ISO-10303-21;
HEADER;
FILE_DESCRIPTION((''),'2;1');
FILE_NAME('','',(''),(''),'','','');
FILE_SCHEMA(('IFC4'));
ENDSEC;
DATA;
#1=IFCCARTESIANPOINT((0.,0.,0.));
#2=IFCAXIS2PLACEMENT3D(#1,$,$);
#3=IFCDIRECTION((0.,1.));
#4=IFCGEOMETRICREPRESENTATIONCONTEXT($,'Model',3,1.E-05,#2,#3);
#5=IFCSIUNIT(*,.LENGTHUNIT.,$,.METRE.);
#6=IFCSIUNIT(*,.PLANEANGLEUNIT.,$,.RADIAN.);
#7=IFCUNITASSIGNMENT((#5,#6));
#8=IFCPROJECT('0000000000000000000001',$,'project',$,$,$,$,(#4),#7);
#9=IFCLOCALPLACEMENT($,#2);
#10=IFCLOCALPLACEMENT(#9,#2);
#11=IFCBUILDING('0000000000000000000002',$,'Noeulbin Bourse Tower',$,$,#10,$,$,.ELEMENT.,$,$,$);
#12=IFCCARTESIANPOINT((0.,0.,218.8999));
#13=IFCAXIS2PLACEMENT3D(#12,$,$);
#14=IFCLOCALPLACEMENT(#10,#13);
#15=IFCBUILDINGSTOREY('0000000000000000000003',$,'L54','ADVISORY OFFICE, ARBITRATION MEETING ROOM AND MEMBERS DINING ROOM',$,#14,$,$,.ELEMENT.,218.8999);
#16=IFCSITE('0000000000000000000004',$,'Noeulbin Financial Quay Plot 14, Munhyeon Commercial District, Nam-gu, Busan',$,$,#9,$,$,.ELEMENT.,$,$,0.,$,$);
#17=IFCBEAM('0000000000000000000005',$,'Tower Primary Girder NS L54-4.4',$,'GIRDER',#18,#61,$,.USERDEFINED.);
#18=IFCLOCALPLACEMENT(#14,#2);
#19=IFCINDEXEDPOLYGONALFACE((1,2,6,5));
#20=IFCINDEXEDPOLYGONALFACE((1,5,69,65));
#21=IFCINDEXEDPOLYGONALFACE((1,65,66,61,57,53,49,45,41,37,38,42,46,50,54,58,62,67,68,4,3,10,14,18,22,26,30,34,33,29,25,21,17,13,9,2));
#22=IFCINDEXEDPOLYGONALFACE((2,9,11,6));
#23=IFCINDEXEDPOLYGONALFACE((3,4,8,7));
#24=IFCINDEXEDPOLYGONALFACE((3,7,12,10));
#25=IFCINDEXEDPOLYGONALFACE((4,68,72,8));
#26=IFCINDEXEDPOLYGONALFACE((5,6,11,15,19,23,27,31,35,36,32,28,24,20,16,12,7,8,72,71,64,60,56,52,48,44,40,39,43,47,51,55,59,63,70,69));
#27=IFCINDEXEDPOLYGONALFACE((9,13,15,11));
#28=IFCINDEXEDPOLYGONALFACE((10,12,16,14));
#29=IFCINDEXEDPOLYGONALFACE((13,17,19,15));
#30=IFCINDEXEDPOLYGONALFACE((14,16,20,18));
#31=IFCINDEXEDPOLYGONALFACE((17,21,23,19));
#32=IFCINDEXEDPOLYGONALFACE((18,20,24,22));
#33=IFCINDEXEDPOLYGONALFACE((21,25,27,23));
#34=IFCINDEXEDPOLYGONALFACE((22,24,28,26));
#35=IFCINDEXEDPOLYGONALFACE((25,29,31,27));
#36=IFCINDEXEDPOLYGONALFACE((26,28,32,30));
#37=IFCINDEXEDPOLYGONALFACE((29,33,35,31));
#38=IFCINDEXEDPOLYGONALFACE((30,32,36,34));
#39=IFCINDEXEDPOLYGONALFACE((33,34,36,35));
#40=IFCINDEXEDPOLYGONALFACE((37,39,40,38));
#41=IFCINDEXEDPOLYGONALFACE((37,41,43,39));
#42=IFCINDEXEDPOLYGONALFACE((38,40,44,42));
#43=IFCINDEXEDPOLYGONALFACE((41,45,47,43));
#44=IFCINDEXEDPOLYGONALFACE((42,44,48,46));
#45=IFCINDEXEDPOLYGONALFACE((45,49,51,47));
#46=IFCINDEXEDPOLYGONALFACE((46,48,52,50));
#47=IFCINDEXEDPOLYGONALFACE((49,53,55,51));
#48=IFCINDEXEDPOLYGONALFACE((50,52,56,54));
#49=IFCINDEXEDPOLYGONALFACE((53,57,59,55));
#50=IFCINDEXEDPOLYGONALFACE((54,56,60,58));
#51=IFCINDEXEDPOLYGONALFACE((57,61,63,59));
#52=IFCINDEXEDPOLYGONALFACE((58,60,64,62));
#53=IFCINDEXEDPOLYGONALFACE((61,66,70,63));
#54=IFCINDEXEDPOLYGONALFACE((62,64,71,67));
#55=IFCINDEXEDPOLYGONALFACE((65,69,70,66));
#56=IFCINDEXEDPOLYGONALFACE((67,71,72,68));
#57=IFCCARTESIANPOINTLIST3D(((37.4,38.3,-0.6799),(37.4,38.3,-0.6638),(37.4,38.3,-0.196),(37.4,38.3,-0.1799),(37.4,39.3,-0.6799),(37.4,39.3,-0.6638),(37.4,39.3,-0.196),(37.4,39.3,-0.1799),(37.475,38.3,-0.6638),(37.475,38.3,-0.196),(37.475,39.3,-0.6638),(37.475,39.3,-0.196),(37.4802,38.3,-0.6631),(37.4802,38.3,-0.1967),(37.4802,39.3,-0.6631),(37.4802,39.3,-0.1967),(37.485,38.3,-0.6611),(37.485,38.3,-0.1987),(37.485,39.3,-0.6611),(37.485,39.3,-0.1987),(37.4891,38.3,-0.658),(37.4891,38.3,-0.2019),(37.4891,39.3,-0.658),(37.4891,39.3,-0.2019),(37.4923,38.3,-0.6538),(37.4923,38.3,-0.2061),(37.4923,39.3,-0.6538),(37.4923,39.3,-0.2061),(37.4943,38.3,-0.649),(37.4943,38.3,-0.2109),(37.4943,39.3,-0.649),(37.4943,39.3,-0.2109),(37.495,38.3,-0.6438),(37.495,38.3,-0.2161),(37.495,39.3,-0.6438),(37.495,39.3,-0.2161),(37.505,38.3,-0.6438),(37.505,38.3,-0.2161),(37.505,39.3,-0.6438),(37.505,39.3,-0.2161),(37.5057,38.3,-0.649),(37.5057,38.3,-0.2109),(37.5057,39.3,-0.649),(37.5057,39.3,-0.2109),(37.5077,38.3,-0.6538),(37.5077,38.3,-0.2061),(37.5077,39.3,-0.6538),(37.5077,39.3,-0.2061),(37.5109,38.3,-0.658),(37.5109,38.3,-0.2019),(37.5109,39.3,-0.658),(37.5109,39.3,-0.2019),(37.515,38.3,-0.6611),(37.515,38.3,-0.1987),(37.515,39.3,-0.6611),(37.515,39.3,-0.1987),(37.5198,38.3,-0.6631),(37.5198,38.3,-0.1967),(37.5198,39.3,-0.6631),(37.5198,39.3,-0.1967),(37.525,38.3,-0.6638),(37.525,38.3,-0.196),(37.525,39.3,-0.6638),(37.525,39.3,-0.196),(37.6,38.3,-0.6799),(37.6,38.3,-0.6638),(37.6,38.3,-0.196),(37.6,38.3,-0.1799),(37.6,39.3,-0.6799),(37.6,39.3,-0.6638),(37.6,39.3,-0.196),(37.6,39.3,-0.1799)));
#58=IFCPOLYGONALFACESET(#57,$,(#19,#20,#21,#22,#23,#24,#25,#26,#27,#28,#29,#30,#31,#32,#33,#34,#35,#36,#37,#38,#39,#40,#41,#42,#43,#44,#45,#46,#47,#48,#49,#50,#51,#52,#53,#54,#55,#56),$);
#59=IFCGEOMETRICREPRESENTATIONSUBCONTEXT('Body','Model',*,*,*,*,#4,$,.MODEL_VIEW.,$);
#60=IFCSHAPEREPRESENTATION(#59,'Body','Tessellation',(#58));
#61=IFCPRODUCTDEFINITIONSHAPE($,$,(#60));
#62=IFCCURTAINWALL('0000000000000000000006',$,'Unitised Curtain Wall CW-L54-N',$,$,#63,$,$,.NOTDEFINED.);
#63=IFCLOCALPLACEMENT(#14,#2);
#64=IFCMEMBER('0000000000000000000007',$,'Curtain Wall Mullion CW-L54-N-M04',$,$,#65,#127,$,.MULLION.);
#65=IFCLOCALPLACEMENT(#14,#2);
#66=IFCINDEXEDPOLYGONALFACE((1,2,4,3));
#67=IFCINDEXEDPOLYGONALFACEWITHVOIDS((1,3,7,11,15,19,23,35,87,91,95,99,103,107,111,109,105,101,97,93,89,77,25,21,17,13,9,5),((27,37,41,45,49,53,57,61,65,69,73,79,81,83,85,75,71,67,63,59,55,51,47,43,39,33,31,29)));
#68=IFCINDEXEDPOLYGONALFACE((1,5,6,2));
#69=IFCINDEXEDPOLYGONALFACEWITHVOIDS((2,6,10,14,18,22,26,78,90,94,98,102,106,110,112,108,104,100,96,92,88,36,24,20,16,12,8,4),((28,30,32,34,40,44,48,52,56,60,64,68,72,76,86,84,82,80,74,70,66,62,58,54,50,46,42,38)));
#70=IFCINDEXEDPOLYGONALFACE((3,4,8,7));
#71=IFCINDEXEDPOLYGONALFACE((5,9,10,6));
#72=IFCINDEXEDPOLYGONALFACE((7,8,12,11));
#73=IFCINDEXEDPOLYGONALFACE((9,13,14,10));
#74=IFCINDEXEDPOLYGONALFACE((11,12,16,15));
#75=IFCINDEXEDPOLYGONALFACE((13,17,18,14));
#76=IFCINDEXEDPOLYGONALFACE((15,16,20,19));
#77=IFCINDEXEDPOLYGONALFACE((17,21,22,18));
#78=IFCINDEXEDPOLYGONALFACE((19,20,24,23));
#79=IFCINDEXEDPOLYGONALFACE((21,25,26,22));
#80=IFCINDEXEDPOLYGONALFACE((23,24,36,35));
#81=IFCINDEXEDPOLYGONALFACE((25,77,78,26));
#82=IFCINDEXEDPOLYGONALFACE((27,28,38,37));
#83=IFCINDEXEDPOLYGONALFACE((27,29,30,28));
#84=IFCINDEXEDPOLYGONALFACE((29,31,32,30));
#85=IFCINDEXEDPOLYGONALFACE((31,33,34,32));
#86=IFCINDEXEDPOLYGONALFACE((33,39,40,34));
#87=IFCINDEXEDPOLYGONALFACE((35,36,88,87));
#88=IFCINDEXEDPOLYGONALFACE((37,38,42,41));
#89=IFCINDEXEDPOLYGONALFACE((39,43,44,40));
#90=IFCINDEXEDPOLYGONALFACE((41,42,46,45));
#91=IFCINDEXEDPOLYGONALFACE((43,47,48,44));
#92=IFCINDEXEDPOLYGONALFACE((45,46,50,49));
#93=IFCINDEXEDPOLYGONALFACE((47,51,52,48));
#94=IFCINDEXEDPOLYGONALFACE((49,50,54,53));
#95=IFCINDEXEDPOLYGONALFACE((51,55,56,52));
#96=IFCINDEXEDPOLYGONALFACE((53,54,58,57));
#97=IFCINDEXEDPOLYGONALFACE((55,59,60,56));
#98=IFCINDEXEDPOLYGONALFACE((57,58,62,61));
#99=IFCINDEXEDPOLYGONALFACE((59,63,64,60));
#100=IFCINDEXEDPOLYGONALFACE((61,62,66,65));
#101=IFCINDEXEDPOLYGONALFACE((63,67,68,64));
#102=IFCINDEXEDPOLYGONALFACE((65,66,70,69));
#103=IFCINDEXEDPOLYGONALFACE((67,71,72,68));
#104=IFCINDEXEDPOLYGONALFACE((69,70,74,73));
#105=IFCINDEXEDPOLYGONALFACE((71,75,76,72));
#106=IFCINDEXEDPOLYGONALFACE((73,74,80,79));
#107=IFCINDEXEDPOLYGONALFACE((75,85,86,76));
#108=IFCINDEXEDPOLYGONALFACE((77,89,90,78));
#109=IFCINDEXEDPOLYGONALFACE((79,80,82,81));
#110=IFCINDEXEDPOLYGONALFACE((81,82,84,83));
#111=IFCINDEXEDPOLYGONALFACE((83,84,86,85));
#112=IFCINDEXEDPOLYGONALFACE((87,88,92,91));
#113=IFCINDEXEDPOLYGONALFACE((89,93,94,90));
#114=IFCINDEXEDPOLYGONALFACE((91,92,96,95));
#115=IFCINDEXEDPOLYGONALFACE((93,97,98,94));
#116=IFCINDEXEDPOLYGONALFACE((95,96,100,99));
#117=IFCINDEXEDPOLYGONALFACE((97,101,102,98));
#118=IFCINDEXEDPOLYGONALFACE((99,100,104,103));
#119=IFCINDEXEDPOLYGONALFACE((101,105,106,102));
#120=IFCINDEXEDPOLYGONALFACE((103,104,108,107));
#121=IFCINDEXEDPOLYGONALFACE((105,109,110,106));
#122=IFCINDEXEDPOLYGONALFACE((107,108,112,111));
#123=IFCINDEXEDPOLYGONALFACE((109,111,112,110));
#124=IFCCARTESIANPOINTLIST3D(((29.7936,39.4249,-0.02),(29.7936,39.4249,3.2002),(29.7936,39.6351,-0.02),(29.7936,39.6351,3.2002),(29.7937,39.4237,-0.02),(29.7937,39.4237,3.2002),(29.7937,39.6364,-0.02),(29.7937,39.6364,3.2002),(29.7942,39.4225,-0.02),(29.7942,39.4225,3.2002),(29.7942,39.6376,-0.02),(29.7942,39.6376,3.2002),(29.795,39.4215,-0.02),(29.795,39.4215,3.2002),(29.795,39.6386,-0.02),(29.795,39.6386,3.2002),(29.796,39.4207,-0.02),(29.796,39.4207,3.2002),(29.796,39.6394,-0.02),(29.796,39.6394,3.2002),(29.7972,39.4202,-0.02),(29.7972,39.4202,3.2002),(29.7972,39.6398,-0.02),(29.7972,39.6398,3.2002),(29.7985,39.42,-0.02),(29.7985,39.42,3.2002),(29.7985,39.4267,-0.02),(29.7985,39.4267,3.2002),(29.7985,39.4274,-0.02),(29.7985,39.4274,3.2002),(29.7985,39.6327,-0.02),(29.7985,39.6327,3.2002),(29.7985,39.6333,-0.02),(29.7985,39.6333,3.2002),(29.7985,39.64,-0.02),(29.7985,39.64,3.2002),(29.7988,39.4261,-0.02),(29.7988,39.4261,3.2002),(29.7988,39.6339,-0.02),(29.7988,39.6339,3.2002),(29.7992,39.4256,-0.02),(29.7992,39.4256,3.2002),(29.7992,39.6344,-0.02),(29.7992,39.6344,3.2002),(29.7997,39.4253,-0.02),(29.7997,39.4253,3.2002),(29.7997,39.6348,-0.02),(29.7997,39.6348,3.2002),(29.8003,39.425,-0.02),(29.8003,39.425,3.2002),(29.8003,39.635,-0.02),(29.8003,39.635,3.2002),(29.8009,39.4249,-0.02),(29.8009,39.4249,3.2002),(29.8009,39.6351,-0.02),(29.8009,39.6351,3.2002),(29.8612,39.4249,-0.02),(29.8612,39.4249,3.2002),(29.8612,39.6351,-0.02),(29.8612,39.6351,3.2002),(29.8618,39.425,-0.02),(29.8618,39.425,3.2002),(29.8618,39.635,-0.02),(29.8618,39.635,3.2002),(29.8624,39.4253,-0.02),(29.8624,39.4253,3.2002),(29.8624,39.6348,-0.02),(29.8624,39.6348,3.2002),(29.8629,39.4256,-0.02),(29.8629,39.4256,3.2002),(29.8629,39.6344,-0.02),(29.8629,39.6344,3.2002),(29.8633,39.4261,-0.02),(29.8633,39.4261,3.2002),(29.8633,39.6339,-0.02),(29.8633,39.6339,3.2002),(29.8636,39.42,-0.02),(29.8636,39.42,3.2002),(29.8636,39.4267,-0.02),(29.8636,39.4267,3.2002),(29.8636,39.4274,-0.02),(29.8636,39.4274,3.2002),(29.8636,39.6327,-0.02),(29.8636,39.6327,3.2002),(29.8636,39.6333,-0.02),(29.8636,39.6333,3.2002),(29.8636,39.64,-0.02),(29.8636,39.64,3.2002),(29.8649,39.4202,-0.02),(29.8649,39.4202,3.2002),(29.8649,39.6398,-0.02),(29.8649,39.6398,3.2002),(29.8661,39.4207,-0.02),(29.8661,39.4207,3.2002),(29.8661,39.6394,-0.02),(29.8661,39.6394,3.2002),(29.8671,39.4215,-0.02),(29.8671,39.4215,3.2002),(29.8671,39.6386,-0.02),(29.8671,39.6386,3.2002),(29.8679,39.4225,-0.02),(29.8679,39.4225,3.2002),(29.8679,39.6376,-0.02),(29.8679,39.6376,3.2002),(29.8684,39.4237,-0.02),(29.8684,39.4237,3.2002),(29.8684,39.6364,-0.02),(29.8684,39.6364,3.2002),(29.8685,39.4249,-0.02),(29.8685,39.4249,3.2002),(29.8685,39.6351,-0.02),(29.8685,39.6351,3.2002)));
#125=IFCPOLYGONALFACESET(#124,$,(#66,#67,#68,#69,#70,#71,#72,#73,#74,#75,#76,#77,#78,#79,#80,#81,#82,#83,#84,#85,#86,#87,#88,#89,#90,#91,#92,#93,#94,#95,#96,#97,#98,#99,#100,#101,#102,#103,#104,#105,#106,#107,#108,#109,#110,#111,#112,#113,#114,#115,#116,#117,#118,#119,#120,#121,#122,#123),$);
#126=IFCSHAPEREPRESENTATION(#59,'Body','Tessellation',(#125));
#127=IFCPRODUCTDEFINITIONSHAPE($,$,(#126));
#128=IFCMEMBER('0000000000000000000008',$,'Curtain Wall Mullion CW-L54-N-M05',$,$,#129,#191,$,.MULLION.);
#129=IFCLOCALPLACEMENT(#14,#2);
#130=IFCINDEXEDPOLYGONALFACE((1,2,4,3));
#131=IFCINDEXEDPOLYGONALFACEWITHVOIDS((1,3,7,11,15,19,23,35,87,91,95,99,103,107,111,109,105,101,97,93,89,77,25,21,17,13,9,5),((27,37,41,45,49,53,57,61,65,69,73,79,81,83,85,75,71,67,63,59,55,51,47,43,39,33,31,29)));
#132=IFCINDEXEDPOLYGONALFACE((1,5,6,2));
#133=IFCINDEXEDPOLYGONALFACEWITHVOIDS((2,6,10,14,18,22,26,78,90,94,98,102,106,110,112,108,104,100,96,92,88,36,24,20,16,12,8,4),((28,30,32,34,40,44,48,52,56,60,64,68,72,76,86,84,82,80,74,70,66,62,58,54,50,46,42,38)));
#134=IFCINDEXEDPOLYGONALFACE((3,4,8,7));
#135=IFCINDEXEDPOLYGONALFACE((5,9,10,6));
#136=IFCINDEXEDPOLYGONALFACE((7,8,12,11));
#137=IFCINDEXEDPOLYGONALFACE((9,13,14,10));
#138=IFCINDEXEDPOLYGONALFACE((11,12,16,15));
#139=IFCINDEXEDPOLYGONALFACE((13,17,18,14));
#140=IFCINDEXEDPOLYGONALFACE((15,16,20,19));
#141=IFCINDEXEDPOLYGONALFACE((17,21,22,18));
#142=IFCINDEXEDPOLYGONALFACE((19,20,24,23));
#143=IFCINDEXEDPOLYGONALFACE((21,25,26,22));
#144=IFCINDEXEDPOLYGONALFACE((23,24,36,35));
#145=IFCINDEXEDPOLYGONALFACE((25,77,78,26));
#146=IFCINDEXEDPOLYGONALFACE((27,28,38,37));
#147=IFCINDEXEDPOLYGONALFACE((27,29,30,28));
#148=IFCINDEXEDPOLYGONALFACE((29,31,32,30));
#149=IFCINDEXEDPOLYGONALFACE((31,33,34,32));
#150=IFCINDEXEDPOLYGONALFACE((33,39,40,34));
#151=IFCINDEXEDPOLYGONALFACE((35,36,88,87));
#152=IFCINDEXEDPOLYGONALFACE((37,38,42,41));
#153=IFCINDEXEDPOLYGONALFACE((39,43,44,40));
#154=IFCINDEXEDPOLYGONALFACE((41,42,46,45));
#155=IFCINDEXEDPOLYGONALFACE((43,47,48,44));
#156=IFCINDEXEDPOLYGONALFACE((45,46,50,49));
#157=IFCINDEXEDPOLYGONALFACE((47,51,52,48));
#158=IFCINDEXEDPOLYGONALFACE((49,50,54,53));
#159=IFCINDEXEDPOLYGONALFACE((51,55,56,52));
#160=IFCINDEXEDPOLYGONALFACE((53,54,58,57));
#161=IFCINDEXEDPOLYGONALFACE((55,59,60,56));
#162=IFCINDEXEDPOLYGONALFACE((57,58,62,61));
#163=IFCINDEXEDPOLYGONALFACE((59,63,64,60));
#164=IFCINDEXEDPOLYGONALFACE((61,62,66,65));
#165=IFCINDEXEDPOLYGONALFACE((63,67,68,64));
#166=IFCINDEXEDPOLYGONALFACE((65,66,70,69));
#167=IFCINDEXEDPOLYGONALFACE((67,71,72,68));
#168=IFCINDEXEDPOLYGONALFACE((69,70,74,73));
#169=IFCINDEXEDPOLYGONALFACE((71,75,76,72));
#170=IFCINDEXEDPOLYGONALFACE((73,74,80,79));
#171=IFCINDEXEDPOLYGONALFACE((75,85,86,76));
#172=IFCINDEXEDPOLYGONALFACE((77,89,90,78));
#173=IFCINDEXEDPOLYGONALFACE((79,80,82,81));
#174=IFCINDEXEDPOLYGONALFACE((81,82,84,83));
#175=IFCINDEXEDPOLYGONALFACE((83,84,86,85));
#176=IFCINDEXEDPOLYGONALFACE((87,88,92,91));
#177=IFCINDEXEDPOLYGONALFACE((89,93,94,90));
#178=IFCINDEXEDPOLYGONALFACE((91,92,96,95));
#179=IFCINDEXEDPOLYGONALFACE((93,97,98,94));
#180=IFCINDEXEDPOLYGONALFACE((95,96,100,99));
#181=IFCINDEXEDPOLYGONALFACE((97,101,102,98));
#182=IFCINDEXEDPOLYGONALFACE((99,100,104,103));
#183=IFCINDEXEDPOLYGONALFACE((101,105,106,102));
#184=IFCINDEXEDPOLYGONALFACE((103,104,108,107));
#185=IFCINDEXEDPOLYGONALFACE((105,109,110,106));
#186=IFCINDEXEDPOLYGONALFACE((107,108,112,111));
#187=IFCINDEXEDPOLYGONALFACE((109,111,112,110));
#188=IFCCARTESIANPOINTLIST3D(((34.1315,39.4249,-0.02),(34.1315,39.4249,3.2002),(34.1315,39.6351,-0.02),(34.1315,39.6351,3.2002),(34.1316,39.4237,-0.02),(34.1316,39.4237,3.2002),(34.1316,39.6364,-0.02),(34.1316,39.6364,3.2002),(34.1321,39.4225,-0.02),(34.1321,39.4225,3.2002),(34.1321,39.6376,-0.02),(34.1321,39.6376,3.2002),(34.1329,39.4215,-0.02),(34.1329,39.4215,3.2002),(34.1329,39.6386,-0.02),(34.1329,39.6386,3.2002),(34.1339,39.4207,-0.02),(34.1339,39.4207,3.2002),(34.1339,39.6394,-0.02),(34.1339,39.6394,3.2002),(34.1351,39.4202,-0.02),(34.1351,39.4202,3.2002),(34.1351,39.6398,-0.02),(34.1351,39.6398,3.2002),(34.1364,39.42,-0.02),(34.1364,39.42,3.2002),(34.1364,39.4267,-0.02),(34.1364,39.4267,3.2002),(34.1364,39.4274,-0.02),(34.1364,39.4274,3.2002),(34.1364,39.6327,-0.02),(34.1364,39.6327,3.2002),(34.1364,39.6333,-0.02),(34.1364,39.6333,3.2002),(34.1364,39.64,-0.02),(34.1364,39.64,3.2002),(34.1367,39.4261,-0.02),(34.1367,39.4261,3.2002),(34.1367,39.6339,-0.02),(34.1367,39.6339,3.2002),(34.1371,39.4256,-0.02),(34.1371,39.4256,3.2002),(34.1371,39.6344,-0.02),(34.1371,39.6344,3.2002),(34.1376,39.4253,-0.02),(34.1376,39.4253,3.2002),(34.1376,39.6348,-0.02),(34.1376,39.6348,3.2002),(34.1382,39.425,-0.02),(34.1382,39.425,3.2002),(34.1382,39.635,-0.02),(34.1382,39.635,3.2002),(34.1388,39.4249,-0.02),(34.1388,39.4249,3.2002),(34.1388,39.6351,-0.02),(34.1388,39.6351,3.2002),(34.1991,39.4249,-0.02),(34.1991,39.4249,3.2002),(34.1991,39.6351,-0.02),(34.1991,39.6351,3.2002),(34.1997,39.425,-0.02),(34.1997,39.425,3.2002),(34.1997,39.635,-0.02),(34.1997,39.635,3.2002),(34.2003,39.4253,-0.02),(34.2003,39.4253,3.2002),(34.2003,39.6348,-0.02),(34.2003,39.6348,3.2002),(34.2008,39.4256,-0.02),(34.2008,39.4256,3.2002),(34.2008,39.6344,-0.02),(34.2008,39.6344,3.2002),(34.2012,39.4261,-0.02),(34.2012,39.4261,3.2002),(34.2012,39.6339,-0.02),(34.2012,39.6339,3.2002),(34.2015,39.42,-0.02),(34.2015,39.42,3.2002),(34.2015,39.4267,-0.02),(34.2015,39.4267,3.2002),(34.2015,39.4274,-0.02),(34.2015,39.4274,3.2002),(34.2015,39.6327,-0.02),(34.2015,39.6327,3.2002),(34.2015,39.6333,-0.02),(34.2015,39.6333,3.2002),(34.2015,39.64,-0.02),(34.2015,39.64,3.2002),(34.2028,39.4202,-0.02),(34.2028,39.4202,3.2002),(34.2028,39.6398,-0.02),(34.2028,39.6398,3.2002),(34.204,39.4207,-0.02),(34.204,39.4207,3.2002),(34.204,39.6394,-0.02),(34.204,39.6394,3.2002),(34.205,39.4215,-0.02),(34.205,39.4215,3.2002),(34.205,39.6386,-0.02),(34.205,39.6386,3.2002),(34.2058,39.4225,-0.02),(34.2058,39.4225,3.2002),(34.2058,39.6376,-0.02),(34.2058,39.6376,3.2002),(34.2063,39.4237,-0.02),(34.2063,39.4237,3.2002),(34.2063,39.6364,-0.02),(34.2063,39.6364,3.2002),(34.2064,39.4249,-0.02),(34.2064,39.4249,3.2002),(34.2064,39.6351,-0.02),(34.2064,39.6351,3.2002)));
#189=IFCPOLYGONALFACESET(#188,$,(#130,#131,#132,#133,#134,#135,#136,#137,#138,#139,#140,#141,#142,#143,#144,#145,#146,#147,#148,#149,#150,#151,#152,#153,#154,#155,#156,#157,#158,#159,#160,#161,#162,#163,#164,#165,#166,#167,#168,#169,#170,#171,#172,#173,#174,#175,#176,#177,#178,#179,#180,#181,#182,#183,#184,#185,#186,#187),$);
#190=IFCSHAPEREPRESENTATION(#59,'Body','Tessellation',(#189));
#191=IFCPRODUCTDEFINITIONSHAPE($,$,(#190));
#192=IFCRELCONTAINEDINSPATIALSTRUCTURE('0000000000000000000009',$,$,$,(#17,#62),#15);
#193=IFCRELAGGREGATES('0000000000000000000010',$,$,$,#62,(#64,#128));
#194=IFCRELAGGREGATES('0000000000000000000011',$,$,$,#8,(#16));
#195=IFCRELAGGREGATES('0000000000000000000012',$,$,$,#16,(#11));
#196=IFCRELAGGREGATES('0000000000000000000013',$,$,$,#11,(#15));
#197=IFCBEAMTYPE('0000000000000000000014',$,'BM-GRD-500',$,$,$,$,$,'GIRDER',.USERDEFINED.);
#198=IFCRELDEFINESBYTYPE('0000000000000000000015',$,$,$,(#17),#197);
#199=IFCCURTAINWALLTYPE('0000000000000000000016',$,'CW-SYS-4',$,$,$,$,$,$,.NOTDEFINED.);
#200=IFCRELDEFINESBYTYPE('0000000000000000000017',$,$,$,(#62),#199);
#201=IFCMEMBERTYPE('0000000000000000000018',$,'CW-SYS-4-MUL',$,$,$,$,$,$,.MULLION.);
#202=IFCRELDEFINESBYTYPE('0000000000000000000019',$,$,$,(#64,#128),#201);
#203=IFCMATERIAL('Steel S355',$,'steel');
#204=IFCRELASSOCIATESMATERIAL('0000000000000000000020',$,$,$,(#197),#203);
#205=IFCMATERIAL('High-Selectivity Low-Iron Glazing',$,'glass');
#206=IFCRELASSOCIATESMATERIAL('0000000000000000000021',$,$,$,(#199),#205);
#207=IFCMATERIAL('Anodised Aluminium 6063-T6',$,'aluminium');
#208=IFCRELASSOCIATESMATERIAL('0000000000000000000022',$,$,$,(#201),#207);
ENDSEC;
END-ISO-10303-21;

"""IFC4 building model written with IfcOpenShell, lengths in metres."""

from ifc_helpers import new_model, si_unit, direction, frame, origin, origin_2d, place, context, subcontext, project, spatial, hollow_rectangle, i_section, extrude, material, material_profile, profile_set, type_object, element, aggregate, save


model = new_model("IFC4")

# Units and contexts
model_context = context("Model", 3, precision=1e-05, world=origin(), true_north=direction((0.0, 1.0)))
body_context = subcontext(model_context, "Body", "Model", "MODEL_VIEW")
ifc_project = project(units=[si_unit("LENGTHUNIT", "METRE"), si_unit("PLANEANGLEUNIT", "RADIAN")], contexts=[model_context])

# Site, building, storey
site_placement = place(None, origin())
site = spatial("IfcSite", under=ifc_project, at=site_placement, Name="Noeulbin Financial Quay Plot 14, Munhyeon Commercial District, Nam-gu, Busan", CompositionType="ELEMENT", RefElevation=0.0)
building_placement = place(site_placement, origin())
building = spatial("IfcBuilding", under=site, at=building_placement, Name="Noeulbin Bourse Tower", CompositionType="ELEMENT")
storey_placement = place(building_placement, frame((0.0, 0.0, 218.8999)))
storey = spatial("IfcBuildingStorey", under=building, at=storey_placement, Name="L54", Description="ADVISORY OFFICE, ARBITRATION MEETING ROOM AND MEMBERS DINING ROOM", CompositionType="ELEMENT", Elevation=218.8999)

# Shared definitions
ifc_material_1 = material(Name="Steel S355", Category="steel")

# Beam
ifc_material_profile_1 = material_profile(ifc_material_1, i_section(OverallWidth=0.2, OverallDepth=0.5, WebThickness=0.01, FlangeThickness=0.0161, FilletRadius=0.02, at=origin_2d()), Name="H-500x200x10x16", Category="LoadBearing")
ifc_profile_set_1 = profile_set([ifc_material_profile_1], Name="Steel S355")
beam_type = type_object("IfcBeamType", Name="BM-GRD-500", ElementType="GIRDER", PredefinedType="USERDEFINED", material=ifc_profile_set_1)
for number, where, z_axis, x_axis, name in (
    (1, (37.5, 38.3, -0.4299), (0.0, 1.0, 0.0), (-1.0, 0.0, 0.0), "Tower Primary Girder NS L54-4.4"),
):
    element("IfcBeam", number, at=place(storey_placement, frame(where, z_axis=z_axis, x_axis=x_axis)), inside=storey, type_object=beam_type, Name=name, ObjectType="GIRDER", PredefinedType="USERDEFINED", context=body_context, shape_type="SweptSolid", body=[
        extrude(i_section(OverallWidth=0.2, OverallDepth=0.5, WebThickness=0.01, FlangeThickness=0.0161, FilletRadius=0.02, at=origin_2d()), origin(), (0.0, 0.0, 1.0), 1.0),
    ])

# Curtain wall, members
ifc_material_2 = material(Name="High-Selectivity Low-Iron Glazing", Category="glass")
curtain_wall_type = type_object("IfcCurtainWallType", Name="CW-SYS-4", PredefinedType="NOTDEFINED", material=ifc_material_2)
curtain_wall_placement = place(storey_placement, origin())
curtain_wall = element("IfcCurtainWall", 2, at=curtain_wall_placement, inside=storey, type_object=curtain_wall_type, Name="Unitised Curtain Wall CW-L54-N", PredefinedType="NOTDEFINED")
ifc_material_3 = material(Name="Anodised Aluminium 6063-T6", Category="aluminium")
ifc_material_profile_2 = material_profile(ifc_material_3, hollow_rectangle(XDim=0.075, YDim=0.22, WallThickness=0.0049, InnerFilletRadius=0.0024, OuterFilletRadius=0.0049, at=origin_2d()), Name="ALU-MULL-75x220x5", Category="LoadBearing")
ifc_profile_set_2 = profile_set([ifc_material_profile_2], Name="Anodised Aluminium 6063-T6")
member_type = type_object("IfcMemberType", Name="CW-SYS-4-MUL", PredefinedType="MULLION", material=ifc_profile_set_2)
member_1_placement = place(storey_placement, frame((29.8311, 39.53, -0.02), z_axis=(0.0, 0.0, 1.0), x_axis=(1.0, 0.0, 0.0)))
member_1 = element("IfcMember", 3, at=member_1_placement, type_object=member_type, Name="Curtain Wall Mullion CW-L54-N-M04", PredefinedType="MULLION", context=body_context, shape_type="SweptSolid", body=[
    extrude(hollow_rectangle(XDim=0.075, YDim=0.22, WallThickness=0.0049, InnerFilletRadius=0.0024, OuterFilletRadius=0.0049, at=origin_2d()), origin(), (0.0, 0.0, 1.0), 3.2202),
])
member_2_placement = place(storey_placement, frame((34.1689, 39.53, -0.02), z_axis=(0.0, 0.0, 1.0), x_axis=(1.0, 0.0, 0.0)))
member_2 = element("IfcMember", 4, at=member_2_placement, type_object=member_type, Name="Curtain Wall Mullion CW-L54-N-M05", PredefinedType="MULLION", context=body_context, shape_type="SweptSolid", body=[
    extrude(hollow_rectangle(XDim=0.075, YDim=0.22, WallThickness=0.0049, InnerFilletRadius=0.0024, OuterFilletRadius=0.0049, at=origin_2d()), origin(), (0.0, 0.0, 1.0), 3.2202),
])
aggregate(curtain_wall, [member_1, member_2])

save(model, "model.ifc")
